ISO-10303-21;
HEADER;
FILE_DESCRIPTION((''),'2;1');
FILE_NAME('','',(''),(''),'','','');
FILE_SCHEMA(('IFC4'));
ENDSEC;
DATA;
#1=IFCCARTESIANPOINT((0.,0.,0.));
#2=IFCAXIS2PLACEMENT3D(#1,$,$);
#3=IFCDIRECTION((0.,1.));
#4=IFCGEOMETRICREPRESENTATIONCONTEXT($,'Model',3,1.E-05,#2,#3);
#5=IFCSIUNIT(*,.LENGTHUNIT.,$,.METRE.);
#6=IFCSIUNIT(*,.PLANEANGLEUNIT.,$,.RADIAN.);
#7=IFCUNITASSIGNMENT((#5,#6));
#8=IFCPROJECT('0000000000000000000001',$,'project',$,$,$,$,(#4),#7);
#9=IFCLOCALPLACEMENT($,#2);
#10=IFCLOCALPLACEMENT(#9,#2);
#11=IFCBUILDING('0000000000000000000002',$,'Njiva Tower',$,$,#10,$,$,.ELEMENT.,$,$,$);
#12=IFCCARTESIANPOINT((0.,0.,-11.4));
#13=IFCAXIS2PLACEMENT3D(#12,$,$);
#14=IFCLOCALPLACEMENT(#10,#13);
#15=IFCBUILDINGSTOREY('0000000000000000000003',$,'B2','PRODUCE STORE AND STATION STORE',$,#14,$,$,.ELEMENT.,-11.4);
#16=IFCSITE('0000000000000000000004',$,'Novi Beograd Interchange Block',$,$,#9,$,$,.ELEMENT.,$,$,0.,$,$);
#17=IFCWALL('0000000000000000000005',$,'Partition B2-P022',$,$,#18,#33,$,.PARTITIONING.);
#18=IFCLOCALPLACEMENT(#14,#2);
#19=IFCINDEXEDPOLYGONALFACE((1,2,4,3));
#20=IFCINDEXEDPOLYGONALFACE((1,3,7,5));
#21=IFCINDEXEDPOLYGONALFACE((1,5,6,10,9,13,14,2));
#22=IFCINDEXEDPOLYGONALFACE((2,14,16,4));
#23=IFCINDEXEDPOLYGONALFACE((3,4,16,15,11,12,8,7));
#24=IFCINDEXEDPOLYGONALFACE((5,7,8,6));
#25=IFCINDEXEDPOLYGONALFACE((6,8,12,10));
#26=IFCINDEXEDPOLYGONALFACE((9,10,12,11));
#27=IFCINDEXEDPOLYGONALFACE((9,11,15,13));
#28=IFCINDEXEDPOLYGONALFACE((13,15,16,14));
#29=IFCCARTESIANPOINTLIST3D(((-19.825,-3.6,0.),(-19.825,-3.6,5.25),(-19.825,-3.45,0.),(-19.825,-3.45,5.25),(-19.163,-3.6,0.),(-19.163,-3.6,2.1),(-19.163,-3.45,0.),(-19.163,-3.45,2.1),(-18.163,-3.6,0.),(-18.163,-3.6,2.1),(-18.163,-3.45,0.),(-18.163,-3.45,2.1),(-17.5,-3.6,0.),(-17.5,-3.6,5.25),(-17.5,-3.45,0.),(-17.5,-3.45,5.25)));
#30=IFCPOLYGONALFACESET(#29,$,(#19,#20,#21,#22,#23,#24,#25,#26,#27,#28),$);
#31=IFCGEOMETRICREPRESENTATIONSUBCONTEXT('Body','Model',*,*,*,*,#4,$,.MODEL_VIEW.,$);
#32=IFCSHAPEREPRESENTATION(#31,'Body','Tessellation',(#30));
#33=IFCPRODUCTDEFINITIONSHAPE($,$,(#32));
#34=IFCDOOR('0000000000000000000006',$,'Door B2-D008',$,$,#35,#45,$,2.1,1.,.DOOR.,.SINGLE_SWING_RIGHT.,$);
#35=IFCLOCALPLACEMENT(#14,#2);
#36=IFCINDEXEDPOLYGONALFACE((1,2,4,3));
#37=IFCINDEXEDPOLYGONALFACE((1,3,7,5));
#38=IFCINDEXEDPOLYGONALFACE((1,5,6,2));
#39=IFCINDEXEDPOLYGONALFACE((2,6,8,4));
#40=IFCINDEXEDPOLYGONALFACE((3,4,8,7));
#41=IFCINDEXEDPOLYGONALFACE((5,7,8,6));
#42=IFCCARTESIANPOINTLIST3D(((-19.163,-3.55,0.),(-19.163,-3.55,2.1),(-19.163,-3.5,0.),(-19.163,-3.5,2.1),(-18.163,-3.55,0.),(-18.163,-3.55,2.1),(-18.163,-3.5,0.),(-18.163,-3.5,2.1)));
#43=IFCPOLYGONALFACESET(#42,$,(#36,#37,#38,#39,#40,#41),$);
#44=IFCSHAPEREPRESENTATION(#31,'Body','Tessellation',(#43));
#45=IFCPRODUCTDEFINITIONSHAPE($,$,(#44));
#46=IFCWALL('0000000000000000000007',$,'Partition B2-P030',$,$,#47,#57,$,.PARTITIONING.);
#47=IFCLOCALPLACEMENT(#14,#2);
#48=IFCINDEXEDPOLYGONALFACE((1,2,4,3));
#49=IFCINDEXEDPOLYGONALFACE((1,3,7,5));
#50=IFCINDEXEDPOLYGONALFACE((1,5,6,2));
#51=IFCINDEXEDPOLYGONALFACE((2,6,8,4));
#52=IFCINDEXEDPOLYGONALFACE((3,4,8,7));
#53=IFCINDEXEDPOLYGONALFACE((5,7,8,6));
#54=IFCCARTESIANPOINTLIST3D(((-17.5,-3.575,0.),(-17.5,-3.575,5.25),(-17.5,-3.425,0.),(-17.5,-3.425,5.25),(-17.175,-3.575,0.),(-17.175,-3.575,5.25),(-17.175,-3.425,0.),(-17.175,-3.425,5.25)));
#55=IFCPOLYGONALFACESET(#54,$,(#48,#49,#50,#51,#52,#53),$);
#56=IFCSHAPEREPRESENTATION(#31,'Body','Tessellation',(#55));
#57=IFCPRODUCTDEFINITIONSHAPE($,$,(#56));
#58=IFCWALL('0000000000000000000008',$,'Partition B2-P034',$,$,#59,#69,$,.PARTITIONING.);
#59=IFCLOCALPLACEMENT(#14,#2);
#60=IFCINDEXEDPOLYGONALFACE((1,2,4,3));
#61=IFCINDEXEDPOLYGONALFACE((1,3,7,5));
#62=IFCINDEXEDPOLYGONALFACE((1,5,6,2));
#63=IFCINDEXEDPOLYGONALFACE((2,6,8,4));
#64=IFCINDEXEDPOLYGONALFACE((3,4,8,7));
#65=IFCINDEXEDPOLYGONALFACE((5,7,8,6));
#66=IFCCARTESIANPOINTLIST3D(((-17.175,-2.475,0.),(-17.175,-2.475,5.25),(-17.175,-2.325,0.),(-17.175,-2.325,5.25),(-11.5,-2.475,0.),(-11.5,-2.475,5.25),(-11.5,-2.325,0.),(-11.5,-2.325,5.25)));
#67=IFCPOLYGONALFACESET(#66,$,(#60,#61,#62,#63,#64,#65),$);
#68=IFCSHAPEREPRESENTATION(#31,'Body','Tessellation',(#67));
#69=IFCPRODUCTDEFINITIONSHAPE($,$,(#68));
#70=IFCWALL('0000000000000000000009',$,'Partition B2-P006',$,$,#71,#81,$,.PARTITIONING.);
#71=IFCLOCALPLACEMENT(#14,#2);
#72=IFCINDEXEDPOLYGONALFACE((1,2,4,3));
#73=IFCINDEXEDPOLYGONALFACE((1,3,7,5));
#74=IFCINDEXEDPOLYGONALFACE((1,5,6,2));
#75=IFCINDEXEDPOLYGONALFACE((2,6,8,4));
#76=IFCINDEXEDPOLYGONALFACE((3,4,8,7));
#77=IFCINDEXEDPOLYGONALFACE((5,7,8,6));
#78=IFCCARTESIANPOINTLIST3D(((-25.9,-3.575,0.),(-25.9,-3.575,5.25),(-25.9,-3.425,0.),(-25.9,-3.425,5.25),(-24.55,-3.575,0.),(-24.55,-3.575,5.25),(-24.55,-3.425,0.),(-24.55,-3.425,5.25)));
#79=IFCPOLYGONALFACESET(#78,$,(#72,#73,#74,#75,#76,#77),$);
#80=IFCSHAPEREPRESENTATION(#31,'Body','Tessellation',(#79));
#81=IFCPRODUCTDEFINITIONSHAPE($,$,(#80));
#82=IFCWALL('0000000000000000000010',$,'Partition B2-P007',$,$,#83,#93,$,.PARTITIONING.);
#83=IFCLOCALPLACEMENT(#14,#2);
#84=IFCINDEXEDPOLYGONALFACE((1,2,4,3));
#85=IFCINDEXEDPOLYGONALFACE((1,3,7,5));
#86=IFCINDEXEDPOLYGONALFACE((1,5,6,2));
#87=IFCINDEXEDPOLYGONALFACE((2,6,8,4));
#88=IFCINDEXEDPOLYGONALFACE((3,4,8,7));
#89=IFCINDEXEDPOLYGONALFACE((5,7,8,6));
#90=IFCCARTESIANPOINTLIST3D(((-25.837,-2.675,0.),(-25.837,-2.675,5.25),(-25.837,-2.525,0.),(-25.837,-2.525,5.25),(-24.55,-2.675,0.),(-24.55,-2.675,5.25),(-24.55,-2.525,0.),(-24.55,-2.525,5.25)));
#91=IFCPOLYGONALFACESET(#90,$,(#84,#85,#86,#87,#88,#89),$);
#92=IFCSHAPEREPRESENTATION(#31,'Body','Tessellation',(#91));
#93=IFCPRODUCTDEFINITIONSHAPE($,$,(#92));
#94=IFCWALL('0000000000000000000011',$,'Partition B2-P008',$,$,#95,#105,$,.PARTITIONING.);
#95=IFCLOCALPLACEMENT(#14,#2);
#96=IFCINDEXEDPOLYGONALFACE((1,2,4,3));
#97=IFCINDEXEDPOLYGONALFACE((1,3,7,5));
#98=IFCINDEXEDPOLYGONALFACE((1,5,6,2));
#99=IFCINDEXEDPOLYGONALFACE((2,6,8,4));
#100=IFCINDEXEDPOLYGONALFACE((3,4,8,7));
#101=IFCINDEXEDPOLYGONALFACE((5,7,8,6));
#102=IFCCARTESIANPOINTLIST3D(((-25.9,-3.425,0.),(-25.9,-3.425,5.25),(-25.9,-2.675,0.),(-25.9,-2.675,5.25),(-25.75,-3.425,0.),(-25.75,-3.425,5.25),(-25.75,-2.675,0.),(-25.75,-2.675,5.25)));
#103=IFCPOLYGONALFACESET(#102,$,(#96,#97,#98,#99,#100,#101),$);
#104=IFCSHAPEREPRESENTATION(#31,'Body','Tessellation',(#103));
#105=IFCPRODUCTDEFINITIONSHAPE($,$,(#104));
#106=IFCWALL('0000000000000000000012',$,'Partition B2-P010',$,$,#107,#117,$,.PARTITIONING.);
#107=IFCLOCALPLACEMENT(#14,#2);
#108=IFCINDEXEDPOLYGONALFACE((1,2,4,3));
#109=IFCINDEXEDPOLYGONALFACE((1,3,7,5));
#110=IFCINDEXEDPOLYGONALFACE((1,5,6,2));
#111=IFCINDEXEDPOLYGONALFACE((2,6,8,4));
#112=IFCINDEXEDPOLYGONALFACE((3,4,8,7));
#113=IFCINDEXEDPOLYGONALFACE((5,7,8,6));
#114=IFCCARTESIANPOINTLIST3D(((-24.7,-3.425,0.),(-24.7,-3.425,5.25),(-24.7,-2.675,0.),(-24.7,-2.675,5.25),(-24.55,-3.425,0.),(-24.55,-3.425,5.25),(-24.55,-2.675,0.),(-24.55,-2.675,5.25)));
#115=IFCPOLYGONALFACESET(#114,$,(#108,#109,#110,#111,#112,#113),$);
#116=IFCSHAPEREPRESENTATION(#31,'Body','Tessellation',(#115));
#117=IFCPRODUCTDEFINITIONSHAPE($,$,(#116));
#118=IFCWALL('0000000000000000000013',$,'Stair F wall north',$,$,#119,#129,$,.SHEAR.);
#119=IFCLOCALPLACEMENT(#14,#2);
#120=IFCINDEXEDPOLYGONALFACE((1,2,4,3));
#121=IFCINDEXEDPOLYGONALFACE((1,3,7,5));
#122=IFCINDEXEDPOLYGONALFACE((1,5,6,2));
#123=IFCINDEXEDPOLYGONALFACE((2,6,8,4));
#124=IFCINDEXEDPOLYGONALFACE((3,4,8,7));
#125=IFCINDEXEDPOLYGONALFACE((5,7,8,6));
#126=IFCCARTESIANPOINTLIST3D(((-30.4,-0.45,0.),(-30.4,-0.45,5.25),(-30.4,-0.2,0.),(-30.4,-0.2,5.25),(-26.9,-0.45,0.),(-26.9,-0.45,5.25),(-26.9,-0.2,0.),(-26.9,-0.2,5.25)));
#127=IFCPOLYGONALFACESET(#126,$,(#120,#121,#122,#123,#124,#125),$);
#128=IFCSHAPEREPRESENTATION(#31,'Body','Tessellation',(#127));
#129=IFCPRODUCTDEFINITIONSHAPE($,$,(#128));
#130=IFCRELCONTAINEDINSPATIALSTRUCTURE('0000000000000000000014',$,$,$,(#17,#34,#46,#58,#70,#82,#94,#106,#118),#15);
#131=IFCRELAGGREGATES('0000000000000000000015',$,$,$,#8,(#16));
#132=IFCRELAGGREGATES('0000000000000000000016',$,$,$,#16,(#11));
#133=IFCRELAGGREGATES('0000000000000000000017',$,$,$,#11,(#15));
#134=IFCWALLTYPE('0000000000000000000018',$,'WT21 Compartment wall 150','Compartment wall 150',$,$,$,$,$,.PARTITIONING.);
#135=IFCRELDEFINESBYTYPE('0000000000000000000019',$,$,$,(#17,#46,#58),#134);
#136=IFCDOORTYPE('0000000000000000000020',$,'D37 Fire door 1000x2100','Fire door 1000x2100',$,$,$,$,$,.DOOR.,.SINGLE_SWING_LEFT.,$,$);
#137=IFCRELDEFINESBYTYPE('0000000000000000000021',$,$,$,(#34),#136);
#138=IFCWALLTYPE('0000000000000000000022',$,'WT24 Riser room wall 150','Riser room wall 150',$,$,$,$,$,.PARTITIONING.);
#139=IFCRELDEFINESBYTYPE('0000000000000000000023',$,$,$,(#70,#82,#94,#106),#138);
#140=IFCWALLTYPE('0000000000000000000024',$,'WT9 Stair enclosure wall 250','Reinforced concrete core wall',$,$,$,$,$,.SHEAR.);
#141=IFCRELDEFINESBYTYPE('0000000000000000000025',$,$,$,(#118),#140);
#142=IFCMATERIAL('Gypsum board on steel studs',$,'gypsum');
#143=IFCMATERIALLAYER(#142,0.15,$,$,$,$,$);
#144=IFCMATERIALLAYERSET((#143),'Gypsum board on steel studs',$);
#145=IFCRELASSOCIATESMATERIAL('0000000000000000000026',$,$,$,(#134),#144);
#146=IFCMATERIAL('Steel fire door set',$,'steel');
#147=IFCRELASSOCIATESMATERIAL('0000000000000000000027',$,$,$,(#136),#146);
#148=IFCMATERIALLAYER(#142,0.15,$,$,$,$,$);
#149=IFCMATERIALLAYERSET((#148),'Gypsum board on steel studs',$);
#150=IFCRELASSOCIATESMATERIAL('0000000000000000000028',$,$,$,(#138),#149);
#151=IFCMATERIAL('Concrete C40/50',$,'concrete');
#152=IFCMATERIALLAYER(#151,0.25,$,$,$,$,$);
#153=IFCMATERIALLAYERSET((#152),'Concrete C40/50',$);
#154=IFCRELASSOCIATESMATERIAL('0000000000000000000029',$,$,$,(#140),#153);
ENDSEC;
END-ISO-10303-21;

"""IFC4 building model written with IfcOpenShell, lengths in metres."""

from ifc_helpers import new_model, si_unit, direction, frame, frame_2d, origin, place, context, subcontext, project, spatial, rectangle, extrude, material, layer, layer_set, type_object, element, fill, save


model = new_model("IFC4")

# Units and contexts
model_context = context("Model", 3, precision=1e-05, world=origin(), true_north=direction((0.0, 1.0)))
body_context = subcontext(model_context, "Body", "Model", "MODEL_VIEW")
ifc_project = project(units=[si_unit("LENGTHUNIT", "METRE"), si_unit("PLANEANGLEUNIT", "RADIAN")], contexts=[model_context])

# Site, building, storey
site_placement = place(None, origin())
site = spatial("IfcSite", under=ifc_project, at=site_placement, Name="Novi Beograd Interchange Block", CompositionType="ELEMENT", RefElevation=0.0)
building_placement = place(site_placement, origin())
building = spatial("IfcBuilding", under=site, at=building_placement, Name="Njiva Tower", CompositionType="ELEMENT")
storey_placement = place(building_placement, frame((0.0, 0.0, -11.4)))
storey = spatial("IfcBuildingStorey", under=building, at=storey_placement, Name="B2", Description="PRODUCE STORE AND STATION STORE", CompositionType="ELEMENT", Elevation=-11.4)

# Shared definitions
ifc_material_1 = material(Name="Gypsum board on steel studs", Category="gypsum")
ifc_layer_1 = layer(ifc_material_1, 0.15)
ifc_layer_set_1 = layer_set([ifc_layer_1], Name="Gypsum board on steel studs")
wall_type_1 = type_object("IfcWallType", Name="WT21 Compartment wall 150", Description="Compartment wall 150", PredefinedType="PARTITIONING", material=ifc_layer_set_1)

# Shared definitions
ifc_material_2 = material(Name="Steel fire door set", Category="steel")
door_type_1 = type_object("IfcDoorType", Name="D37 Fire door 1000x2100", Description="Fire door 1000x2100", OperationType="SINGLE_SWING_LEFT", PredefinedType="DOOR", material=ifc_material_2)

# Wall, opening, door
wall_1_placement = place(storey_placement, frame((-19.825, -3.525, 0.0), z_axis=(0.0, 0.0, 1.0), x_axis=(1.0, 0.0, 0.0)))
wall_1 = element("IfcWall", 1, at=wall_1_placement, inside=storey, type_object=wall_type_1, Name="Partition B2-P022", PredefinedType="PARTITIONING", context=body_context, shape_type="SweptSolid", body=[
    extrude(rectangle(XDim=2.325, YDim=0.15, at=frame_2d((1.1625, 0.0))), origin(), (0.0, 0.0, 1.0), 5.25),
])
opening_1_placement = place(wall_1_placement, frame((0.662, 0.0, 0.0)))
opening_1 = element("IfcOpeningElement", 2, at=opening_1_placement, cuts=wall_1, PredefinedType="OPENING", context=body_context, shape_type="SweptSolid", body=[
    extrude(rectangle(XDim=1.0, YDim=2.1, at=frame_2d((0.5, 1.05))), frame((0.0, 0.085, 0.0), z_axis=(0.0, -1.0, 0.0), x_axis=(1.0, 0.0, 0.0)), (0.0, 0.0, 1.0), 0.17),
])
door_1_placement = place(opening_1_placement, origin())
door_1 = element("IfcDoor", 3, at=door_1_placement, inside=storey, type_object=door_type_1, Name="Door B2-D008", OperationType="SINGLE_SWING_RIGHT", OverallHeight=2.1, OverallWidth=1.0, PredefinedType="DOOR", context=body_context, shape_type="SweptSolid", body=[
    extrude(rectangle(XDim=1.0, YDim=2.1, at=frame_2d((0.5, 1.05))), frame((0.0, 0.025, 0.0), z_axis=(0.0, -1.0, 0.0), x_axis=(1.0, 0.0, 0.0)), (0.0, 0.0, 1.0), 0.05),
])
fill(opening_1, door_1)

# Walls
wall_2_placement = place(storey_placement, frame((-17.5, -3.5, 0.0), z_axis=(0.0, 0.0, 1.0), x_axis=(1.0, 0.0, 0.0)))
element("IfcWall", 4, at=wall_2_placement, inside=storey, type_object=wall_type_1, Name="Partition B2-P030", PredefinedType="PARTITIONING", context=body_context, shape_type="SweptSolid", body=[
    extrude(rectangle(XDim=0.325, YDim=0.15, at=frame_2d((0.1625, 0.0))), origin(), (0.0, 0.0, 1.0), 5.25),
])
wall_3_placement = place(storey_placement, frame((-17.175, -2.4, 0.0), z_axis=(0.0, 0.0, 1.0), x_axis=(1.0, 0.0, 0.0)))
element("IfcWall", 5, at=wall_3_placement, inside=storey, type_object=wall_type_1, Name="Partition B2-P034", PredefinedType="PARTITIONING", context=body_context, shape_type="SweptSolid", body=[
    extrude(rectangle(XDim=5.675, YDim=0.15, at=frame_2d((2.8375, 0.0))), origin(), (0.0, 0.0, 1.0), 5.25),
])
ifc_layer_2 = layer(ifc_material_1, 0.15)
ifc_layer_set_2 = layer_set([ifc_layer_2], Name="Gypsum board on steel studs")
wall_type_2 = type_object("IfcWallType", Name="WT24 Riser room wall 150", Description="Riser room wall 150", PredefinedType="PARTITIONING", material=ifc_layer_set_2)
wall_4_placement = place(storey_placement, frame((-25.9, -3.5, 0.0), z_axis=(0.0, 0.0, 1.0), x_axis=(1.0, 0.0, 0.0)))
element("IfcWall", 6, at=wall_4_placement, inside=storey, type_object=wall_type_2, Name="Partition B2-P006", PredefinedType="PARTITIONING", context=body_context, shape_type="SweptSolid", body=[
    extrude(rectangle(XDim=1.35, YDim=0.15, at=frame_2d((0.675, 0.0))), origin(), (0.0, 0.0, 1.0), 5.25),
])
wall_5_placement = place(storey_placement, frame((-25.837, -2.6, 0.0), z_axis=(0.0, 0.0, 1.0), x_axis=(1.0, 0.0, 0.0)))
element("IfcWall", 7, at=wall_5_placement, inside=storey, type_object=wall_type_2, Name="Partition B2-P007", PredefinedType="PARTITIONING", context=body_context, shape_type="SweptSolid", body=[
    extrude(rectangle(XDim=1.287, YDim=0.15, at=frame_2d((0.6435, 0.0))), origin(), (0.0, 0.0, 1.0), 5.25),
])
for number, where, z_axis, x_axis, name in (
    (8, (-25.825, -3.425, 0.0), (0.0, 0.0, 1.0), (0.0, 1.0, 0.0), "Partition B2-P008"),
    (9, (-24.625, -3.425, 0.0), (0.0, 0.0, 1.0), (0.0, 1.0, 0.0), "Partition B2-P010"),
):
    element("IfcWall", number, at=place(storey_placement, frame(where, z_axis=z_axis, x_axis=x_axis)), inside=storey, type_object=wall_type_2, Name=name, PredefinedType="PARTITIONING", context=body_context, shape_type="SweptSolid", body=[
        extrude(rectangle(XDim=0.75, YDim=0.15, at=frame_2d((0.375, 0.0))), origin(), (0.0, 0.0, 1.0), 5.25),
    ])
ifc_material_3 = material(Name="Concrete C40/50", Category="concrete")
ifc_layer_3 = layer(ifc_material_3, 0.25)
ifc_layer_set_3 = layer_set([ifc_layer_3], Name="Concrete C40/50")
wall_type_3 = type_object("IfcWallType", Name="WT9 Stair enclosure wall 250", Description="Reinforced concrete core wall", PredefinedType="SHEAR", material=ifc_layer_set_3)
wall_6_placement = place(storey_placement, frame((-30.4, -0.325, 0.0), z_axis=(0.0, 0.0, 1.0), x_axis=(1.0, 0.0, 0.0)))
element("IfcWall", 10, at=wall_6_placement, inside=storey, type_object=wall_type_3, Name="Stair F wall north", PredefinedType="SHEAR", context=body_context, shape_type="SweptSolid", body=[
    extrude(rectangle(XDim=3.5, YDim=0.25, at=frame_2d((1.75, 0.0))), origin(), (0.0, 0.0, 1.0), 5.25),
])

save(model, "model.ifc")
